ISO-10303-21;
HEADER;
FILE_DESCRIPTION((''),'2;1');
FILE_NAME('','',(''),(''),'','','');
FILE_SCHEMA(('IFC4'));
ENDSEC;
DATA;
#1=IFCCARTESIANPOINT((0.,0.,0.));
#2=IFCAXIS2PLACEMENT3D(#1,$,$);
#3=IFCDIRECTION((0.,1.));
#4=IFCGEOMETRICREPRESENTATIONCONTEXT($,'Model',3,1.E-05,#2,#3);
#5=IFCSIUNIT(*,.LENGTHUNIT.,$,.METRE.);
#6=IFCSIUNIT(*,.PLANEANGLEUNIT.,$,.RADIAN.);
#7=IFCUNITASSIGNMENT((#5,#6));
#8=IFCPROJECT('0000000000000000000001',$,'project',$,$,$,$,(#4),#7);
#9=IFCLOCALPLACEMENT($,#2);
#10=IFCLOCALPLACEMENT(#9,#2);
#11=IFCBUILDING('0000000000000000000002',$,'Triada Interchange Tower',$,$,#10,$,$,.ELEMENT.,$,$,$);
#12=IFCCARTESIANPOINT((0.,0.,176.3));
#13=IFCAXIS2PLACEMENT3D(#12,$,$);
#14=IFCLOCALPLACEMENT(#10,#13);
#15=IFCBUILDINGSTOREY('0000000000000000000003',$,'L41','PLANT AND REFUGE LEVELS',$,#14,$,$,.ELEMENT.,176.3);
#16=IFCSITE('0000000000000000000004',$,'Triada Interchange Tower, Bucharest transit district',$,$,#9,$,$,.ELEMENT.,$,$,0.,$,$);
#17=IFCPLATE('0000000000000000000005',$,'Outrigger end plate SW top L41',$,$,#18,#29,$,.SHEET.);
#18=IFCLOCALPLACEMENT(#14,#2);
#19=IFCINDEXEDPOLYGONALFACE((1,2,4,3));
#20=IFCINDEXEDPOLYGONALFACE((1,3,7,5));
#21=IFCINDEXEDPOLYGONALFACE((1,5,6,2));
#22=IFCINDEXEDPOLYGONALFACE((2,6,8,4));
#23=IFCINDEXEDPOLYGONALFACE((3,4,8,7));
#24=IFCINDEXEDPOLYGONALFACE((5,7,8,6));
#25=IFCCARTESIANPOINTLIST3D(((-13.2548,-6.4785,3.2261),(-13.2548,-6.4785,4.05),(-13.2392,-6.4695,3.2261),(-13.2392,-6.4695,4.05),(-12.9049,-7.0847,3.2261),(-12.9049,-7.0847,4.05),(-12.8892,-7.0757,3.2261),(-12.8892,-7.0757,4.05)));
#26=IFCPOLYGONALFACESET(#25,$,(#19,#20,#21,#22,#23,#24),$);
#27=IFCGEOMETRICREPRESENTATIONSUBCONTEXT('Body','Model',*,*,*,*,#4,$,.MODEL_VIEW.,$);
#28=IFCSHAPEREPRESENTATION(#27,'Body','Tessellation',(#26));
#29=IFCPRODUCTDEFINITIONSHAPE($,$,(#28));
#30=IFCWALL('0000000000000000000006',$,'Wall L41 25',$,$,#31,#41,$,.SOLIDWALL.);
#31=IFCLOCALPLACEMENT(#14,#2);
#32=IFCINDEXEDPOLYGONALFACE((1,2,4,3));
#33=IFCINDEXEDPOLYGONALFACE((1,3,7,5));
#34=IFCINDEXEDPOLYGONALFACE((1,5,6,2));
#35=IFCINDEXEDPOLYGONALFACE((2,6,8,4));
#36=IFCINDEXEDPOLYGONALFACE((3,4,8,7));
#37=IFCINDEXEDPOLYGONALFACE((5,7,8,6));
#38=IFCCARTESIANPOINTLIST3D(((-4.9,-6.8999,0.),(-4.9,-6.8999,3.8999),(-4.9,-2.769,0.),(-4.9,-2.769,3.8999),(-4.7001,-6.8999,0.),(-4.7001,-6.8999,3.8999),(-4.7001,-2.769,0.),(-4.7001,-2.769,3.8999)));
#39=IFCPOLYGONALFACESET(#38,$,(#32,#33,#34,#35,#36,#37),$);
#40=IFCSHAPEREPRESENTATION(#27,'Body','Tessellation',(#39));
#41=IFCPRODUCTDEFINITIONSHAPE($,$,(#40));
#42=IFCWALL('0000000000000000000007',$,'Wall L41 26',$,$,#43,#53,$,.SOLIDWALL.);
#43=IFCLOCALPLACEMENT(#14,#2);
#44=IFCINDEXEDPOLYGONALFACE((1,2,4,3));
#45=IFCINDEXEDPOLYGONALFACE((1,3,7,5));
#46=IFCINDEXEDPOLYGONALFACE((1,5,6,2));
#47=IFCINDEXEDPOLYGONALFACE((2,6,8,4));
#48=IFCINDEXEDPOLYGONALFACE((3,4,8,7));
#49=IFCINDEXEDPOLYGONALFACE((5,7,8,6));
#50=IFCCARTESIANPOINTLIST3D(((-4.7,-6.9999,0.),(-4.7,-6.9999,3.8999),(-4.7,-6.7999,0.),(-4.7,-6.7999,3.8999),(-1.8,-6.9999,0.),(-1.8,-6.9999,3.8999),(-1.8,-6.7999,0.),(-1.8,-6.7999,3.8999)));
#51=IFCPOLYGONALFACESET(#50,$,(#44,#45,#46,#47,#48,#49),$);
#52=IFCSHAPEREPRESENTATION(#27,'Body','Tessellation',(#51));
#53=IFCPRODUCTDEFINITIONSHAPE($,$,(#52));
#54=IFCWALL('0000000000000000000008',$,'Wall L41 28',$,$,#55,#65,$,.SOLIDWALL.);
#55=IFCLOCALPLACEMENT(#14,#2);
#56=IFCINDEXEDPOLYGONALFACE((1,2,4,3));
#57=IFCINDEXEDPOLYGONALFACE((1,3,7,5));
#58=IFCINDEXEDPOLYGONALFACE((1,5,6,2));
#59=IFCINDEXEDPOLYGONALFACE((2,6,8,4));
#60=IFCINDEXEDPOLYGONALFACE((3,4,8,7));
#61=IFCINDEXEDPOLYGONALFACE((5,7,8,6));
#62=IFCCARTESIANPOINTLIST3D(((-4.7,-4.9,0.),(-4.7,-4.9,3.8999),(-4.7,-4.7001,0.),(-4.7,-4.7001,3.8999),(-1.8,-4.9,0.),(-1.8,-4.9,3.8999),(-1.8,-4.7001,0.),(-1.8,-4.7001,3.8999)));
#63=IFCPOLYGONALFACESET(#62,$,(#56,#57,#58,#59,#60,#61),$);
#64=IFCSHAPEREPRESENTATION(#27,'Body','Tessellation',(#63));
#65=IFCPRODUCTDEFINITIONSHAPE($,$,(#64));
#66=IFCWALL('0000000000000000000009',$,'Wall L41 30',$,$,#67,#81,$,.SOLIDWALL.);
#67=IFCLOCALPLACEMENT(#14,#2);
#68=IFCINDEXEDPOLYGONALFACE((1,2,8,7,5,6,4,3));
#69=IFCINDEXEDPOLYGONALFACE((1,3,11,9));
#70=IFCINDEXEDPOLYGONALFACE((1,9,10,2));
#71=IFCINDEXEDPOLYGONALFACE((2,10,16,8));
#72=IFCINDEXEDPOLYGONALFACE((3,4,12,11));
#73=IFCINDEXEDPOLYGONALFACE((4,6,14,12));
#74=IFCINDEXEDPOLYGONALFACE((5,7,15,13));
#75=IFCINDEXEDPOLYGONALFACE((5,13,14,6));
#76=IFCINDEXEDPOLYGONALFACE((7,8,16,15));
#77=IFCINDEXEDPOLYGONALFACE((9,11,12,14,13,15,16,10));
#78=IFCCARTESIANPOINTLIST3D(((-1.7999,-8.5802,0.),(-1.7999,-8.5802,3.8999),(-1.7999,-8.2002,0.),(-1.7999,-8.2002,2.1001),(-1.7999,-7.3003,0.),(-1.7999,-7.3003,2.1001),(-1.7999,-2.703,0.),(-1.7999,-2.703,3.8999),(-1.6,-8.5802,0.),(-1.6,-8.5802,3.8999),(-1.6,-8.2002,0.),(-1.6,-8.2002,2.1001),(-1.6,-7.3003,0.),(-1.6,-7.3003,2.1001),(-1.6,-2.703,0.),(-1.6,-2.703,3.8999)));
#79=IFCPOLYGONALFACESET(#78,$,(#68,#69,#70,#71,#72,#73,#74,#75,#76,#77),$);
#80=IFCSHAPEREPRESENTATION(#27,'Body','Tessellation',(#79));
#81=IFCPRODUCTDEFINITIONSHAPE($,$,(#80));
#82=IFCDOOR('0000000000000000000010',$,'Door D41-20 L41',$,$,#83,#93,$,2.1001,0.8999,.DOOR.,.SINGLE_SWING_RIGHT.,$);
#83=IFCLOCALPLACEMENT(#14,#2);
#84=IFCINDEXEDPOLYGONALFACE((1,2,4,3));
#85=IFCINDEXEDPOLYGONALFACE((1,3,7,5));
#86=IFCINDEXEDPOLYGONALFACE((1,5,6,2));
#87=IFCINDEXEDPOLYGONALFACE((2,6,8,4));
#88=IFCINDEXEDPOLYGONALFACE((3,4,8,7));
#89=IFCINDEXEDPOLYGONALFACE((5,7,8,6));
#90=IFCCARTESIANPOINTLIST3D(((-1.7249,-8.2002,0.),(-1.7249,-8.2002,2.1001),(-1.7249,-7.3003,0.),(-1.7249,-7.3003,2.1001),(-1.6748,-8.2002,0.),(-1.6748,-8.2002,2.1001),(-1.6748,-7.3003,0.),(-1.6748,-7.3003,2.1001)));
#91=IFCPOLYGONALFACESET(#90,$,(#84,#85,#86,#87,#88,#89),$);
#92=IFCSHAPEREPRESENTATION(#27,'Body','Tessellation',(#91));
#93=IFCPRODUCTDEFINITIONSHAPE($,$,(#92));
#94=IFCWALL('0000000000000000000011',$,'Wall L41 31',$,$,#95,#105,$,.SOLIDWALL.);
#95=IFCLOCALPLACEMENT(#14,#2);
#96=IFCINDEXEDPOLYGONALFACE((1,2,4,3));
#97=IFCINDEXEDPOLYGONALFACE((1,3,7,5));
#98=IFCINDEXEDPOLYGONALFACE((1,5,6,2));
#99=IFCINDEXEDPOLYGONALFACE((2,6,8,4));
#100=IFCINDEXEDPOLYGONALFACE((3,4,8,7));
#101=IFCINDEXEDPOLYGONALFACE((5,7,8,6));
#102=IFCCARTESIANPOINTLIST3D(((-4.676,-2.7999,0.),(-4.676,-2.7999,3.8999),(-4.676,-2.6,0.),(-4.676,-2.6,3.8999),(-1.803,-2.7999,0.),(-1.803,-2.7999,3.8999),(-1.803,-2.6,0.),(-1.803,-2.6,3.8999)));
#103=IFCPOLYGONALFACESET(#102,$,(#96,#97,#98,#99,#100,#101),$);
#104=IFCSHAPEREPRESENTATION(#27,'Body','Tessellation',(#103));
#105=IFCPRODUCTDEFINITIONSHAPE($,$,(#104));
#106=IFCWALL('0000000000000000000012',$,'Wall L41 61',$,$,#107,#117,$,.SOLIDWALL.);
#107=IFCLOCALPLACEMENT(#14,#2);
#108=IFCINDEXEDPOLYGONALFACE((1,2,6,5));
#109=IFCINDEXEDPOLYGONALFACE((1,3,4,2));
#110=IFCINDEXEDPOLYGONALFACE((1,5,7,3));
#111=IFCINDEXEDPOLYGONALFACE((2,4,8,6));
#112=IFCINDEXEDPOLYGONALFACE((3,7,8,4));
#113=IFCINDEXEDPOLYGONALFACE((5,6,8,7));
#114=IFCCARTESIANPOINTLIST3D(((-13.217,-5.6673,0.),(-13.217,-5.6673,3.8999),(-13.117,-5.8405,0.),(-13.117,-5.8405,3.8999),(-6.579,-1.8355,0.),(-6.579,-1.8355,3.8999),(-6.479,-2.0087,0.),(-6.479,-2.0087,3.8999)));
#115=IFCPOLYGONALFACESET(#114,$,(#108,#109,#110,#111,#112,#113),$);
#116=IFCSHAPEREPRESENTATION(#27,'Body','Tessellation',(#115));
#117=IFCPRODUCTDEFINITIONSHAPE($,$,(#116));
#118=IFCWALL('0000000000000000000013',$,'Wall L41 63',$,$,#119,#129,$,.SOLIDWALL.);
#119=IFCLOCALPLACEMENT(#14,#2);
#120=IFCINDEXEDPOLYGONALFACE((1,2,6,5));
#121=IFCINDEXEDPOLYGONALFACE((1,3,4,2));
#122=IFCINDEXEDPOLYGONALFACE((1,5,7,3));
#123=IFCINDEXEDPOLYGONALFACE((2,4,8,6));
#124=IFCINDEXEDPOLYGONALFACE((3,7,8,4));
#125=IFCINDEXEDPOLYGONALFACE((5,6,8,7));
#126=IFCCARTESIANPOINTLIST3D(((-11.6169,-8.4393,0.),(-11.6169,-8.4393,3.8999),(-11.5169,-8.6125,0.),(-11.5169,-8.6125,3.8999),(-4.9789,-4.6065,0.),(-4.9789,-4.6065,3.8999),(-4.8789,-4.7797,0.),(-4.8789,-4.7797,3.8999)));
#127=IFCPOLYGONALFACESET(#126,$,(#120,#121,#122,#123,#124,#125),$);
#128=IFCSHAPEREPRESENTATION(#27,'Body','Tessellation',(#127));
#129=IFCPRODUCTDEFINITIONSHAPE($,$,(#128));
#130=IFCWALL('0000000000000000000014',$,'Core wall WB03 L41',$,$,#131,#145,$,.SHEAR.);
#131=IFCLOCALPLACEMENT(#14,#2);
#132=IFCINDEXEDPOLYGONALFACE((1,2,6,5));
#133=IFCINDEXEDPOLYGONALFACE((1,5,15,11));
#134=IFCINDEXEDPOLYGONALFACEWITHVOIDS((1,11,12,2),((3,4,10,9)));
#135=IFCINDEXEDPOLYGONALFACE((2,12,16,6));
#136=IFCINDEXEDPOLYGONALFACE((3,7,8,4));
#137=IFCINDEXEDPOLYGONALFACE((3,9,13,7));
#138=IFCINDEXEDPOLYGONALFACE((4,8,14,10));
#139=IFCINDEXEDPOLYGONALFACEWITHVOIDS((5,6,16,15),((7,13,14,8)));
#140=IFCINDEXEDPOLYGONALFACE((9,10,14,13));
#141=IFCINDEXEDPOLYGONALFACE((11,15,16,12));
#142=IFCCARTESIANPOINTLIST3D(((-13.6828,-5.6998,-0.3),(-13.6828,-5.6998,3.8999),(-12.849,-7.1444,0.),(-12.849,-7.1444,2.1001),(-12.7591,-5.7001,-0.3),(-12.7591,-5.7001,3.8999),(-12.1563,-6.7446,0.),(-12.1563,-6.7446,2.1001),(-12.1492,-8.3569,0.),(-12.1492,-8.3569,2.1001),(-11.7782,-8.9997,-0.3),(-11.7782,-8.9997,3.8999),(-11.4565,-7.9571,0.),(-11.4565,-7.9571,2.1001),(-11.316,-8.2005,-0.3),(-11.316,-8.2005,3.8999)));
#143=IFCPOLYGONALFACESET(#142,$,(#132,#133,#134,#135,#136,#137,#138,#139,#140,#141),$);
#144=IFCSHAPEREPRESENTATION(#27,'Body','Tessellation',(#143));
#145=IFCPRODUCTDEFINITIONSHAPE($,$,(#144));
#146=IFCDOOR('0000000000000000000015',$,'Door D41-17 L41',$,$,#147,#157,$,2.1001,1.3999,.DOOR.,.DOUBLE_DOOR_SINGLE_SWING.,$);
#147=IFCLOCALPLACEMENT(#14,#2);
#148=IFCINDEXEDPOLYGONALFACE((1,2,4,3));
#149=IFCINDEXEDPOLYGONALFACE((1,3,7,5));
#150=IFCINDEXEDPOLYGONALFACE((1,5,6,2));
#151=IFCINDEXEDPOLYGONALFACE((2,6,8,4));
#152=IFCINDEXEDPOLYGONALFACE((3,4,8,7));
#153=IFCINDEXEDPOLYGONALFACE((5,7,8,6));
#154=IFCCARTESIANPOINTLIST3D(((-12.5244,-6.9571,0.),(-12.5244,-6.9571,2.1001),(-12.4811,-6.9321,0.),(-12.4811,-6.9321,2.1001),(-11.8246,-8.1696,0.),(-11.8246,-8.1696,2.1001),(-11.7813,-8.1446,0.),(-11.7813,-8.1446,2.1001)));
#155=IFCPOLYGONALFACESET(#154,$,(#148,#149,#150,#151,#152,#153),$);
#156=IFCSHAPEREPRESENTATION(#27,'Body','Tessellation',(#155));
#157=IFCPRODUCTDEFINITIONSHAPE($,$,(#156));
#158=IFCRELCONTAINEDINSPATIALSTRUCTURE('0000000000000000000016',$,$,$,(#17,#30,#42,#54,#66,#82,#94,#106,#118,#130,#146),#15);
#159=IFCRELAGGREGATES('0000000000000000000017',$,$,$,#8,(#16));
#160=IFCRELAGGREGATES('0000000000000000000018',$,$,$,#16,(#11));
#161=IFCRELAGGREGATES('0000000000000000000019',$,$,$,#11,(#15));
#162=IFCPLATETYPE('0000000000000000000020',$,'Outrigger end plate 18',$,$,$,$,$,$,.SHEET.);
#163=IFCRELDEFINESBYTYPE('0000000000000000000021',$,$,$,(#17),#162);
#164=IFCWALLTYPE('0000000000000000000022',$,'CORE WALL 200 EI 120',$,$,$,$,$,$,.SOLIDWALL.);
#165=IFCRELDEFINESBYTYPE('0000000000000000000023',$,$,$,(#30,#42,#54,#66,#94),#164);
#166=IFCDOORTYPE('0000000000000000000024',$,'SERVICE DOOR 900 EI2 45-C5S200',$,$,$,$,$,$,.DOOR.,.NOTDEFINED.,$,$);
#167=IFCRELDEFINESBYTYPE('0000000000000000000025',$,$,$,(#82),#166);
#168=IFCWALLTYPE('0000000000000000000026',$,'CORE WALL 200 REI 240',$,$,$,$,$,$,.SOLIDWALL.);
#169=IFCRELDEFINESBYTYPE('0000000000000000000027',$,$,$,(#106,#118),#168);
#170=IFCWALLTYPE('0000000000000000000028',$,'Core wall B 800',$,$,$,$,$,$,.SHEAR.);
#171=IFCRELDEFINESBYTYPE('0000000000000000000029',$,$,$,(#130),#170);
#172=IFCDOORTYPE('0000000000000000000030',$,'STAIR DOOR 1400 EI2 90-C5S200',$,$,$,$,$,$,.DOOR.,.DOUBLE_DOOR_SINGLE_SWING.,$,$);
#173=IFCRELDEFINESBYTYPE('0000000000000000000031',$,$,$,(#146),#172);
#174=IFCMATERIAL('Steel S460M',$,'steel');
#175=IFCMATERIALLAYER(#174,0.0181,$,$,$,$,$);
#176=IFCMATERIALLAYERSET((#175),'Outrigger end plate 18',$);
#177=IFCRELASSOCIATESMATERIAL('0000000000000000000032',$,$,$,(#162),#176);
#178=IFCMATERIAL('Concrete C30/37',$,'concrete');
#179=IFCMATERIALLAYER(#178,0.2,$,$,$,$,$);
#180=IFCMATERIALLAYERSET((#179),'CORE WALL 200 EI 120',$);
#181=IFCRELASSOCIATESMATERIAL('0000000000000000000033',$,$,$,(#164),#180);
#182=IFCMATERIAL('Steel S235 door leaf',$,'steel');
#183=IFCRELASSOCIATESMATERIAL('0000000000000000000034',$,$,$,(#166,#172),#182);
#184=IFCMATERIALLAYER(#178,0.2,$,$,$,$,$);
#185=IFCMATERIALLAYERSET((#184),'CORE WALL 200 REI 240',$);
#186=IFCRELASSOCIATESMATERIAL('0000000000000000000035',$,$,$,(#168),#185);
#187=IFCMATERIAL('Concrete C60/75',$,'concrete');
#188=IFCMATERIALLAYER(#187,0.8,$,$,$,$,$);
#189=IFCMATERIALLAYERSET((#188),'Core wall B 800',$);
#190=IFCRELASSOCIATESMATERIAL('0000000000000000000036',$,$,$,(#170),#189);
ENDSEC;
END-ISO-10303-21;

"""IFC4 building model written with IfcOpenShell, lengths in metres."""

from ifc_helpers import new_model, si_unit, direction, frame, frame_2d, origin, origin_2d, place, context, subcontext, project, spatial, polyline, rectangle, outline, extrude, material, layer, layer_set, type_object, element, fill, save


model = new_model("IFC4")

# Units and contexts
model_context = context("Model", 3, precision=1e-05, world=origin(), true_north=direction((0.0, 1.0)))
body_context = subcontext(model_context, "Body", "Model", "MODEL_VIEW")
ifc_project = project(units=[si_unit("LENGTHUNIT", "METRE"), si_unit("PLANEANGLEUNIT", "RADIAN")], contexts=[model_context])

# Site, building, storey
site_placement = place(None, origin())
site = spatial("IfcSite", under=ifc_project, at=site_placement, Name="Triada Interchange Tower, Bucharest transit district", CompositionType="ELEMENT", RefElevation=0.0)
building_placement = place(site_placement, origin())
building = spatial("IfcBuilding", under=site, at=building_placement, Name="Triada Interchange Tower", CompositionType="ELEMENT")
storey_placement = place(building_placement, frame((0.0, 0.0, 176.3)))
storey = spatial("IfcBuildingStorey", under=building, at=storey_placement, Name="L41", Description="PLANT AND REFUGE LEVELS", CompositionType="ELEMENT", Elevation=176.3)

# Shared definitions
ifc_material_1 = material(Name="Steel S460M", Category="steel")

# Plate
ifc_layer_1 = layer(ifc_material_1, 0.0181)
ifc_layer_set_1 = layer_set([ifc_layer_1], Name="Outrigger end plate 18")
plate_type = type_object("IfcPlateType", Name="Outrigger end plate 18", PredefinedType="SHEET", material=ifc_layer_set_1)
for number, where, z_axis, x_axis, name in (
    (1, (-13.072, -6.7771, 3.2261), (0.0, 0.0, 1.0), (-0.866025, -0.5, 0.0), "Outrigger end plate SW top L41"),
):
    element("IfcPlate", number, at=place(storey_placement, frame(where, z_axis=z_axis, x_axis=x_axis)), inside=storey, type_object=plate_type, Name=name, PredefinedType="SHEET", context=body_context, shape_type="SweptSolid", body=[
        extrude(rectangle(XDim=0.0181, YDim=0.7, at=origin_2d()), origin(), (0.0, 0.0, 1.0), 0.824),
    ])

# Walls
ifc_material_2 = material(Name="Concrete C30/37", Category="concrete")
ifc_layer_2 = layer(ifc_material_2, 0.2)
ifc_layer_set_2 = layer_set([ifc_layer_2], Name="CORE WALL 200 EI 120")
wall_type_1 = type_object("IfcWallType", Name="CORE WALL 200 EI 120", PredefinedType="SOLIDWALL", material=ifc_layer_set_2)
wall_1_placement = place(storey_placement, frame((-4.8, -6.8999, 0.0), z_axis=(0.0, 0.0, 1.0), x_axis=(0.0, 1.0, 0.0)))
element("IfcWall", 2, at=wall_1_placement, inside=storey, type_object=wall_type_1, Name="Wall L41 25", PredefinedType="SOLIDWALL", context=body_context, shape_type="SweptSolid", body=[
    extrude(rectangle(XDim=4.1309, YDim=0.2, at=frame_2d((2.0654, 0.0))), origin(), (0.0, 0.0, 1.0), 3.8999),
])
for number, where, z_axis, x_axis, name in (
    (3, (-4.7, -6.8999, 0.0), (0.0, 0.0, 1.0), (1.0, 0.0, 0.0), "Wall L41 26"),
    (4, (-4.7, -4.8, 0.0), (0.0, 0.0, 1.0), (1.0, 0.0, 0.0), "Wall L41 28"),
):
    element("IfcWall", number, at=place(storey_placement, frame(where, z_axis=z_axis, x_axis=x_axis)), inside=storey, type_object=wall_type_1, Name=name, PredefinedType="SOLIDWALL", context=body_context, shape_type="SweptSolid", body=[
        extrude(rectangle(XDim=2.8999, YDim=0.2, at=frame_2d((1.45, 0.0))), origin(), (0.0, 0.0, 1.0), 3.8999),
    ])

# Wall, opening, door
wall_2_placement = place(storey_placement, frame((-1.7, -8.5801, 0.0), z_axis=(0.0, 0.0, 1.0), x_axis=(0.0, 1.0, 0.0)))
wall_2 = element("IfcWall", 5, at=wall_2_placement, inside=storey, type_object=wall_type_1, Name="Wall L41 30", PredefinedType="SOLIDWALL", context=body_context, shape_type="SweptSolid", body=[
    extrude(rectangle(XDim=5.8772, YDim=0.2, at=frame_2d((2.9385, 0.0))), origin(), (0.0, 0.0, 1.0), 3.8999),
])
opening_1_placement = place(wall_2_placement, frame((0.3799, 0.0, 0.0)))
opening_1 = element("IfcOpeningElement", 6, at=opening_1_placement, cuts=wall_2, PredefinedType="OPENING", context=body_context, shape_type="SweptSolid", body=[
    extrude(rectangle(XDim=0.8999, YDim=2.1001, at=frame_2d((0.45, 1.05))), frame((0.0, 0.1099, 0.0), z_axis=(0.0, -1.0, 0.0), x_axis=(1.0, 0.0, 0.0)), (0.0, 0.0, 1.0), 0.22),
])
ifc_material_3 = material(Name="Steel S235 door leaf", Category="steel")
door_type_1 = type_object("IfcDoorType", Name="SERVICE DOOR 900 EI2 45-C5S200", OperationType="NOTDEFINED", PredefinedType="DOOR", material=ifc_material_3)
door_1_placement = place(opening_1_placement, origin())
door_1 = element("IfcDoor", 7, at=door_1_placement, inside=storey, type_object=door_type_1, Name="Door D41-20 L41", OperationType="SINGLE_SWING_RIGHT", OverallHeight=2.1001, OverallWidth=0.8999, PredefinedType="DOOR", context=body_context, shape_type="SweptSolid", body=[
    extrude(rectangle(XDim=0.8999, YDim=2.1001, at=frame_2d((0.45, 1.05))), frame((0.0, 0.0249, 0.0), z_axis=(0.0, -1.0, 0.0), x_axis=(1.0, 0.0, 0.0)), (0.0, 0.0, 1.0), 0.05),
])
fill(opening_1, door_1)

# Walls
wall_3_placement = place(storey_placement, frame((-4.676, -2.7, 0.0), z_axis=(0.0, 0.0, 1.0), x_axis=(1.0, 0.0, 0.0)))
element("IfcWall", 8, at=wall_3_placement, inside=storey, type_object=wall_type_1, Name="Wall L41 31", PredefinedType="SOLIDWALL", context=body_context, shape_type="SweptSolid", body=[
    extrude(rectangle(XDim=2.873, YDim=0.2, at=frame_2d((1.4365, 0.0))), origin(), (0.0, 0.0, 1.0), 3.8999),
])
ifc_layer_3 = layer(ifc_material_2, 0.2)
ifc_layer_set_3 = layer_set([ifc_layer_3], Name="CORE WALL 200 REI 240")
wall_type_2 = type_object("IfcWallType", Name="CORE WALL 200 REI 240", PredefinedType="SOLIDWALL", material=ifc_layer_set_3)
wall_4_placement = place(storey_placement, frame((-13.167, -5.7539, 0.0), z_axis=(0.0, 0.0, 1.0), x_axis=(0.866061, 0.499938, 0.0)))
element("IfcWall", 9, at=wall_4_placement, inside=storey, type_object=wall_type_2, Name="Wall L41 61", PredefinedType="SOLIDWALL", context=body_context, shape_type="SweptSolid", body=[
    extrude(rectangle(XDim=7.6646, YDim=0.2, at=frame_2d((3.8323, 0.0))), origin(), (0.0, 0.0, 1.0), 3.8999),
])
wall_5_placement = place(storey_placement, frame((-11.5669, -8.5259, 0.0), z_axis=(0.0, 0.0, 1.0), x_axis=(0.866006, 0.500034, 0.0)))
element("IfcWall", 10, at=wall_5_placement, inside=storey, type_object=wall_type_2, Name="Wall L41 63", PredefinedType="SOLIDWALL", context=body_context, shape_type="SweptSolid", body=[
    extrude(rectangle(XDim=7.665, YDim=0.2, at=frame_2d((3.8325, 0.0))), origin(), (0.0, 0.0, 1.0), 3.8999),
])

# Wall, opening, door
ifc_material_4 = material(Name="Concrete C60/75", Category="concrete")
ifc_layer_4 = layer(ifc_material_4, 0.8)
ifc_layer_set_4 = layer_set([ifc_layer_4], Name="Core wall B 800")
wall_type_3 = type_object("IfcWallType", Name="Core wall B 800", PredefinedType="SHEAR", material=ifc_layer_set_4)
wall_6_placement = place(storey_placement, frame((-13.2209, -5.7, -0.3), z_axis=(0.0, 0.0, 1.0), x_axis=(0.499872, -0.866099, 0.0)))
wall_6 = element("IfcWall", 11, at=wall_6_placement, inside=storey, type_object=wall_type_3, Name="Core wall WB03 L41", PredefinedType="SHEAR", context=body_context, shape_type="SweptSolid", body=[
    extrude(outline(polyline([(-0.231, -0.3999), (1.6741, -0.3999), (3.5791, -0.3999), (3.1179, 0.3999), (1.6743, 0.3999), (0.231, 0.3999), (-0.231, -0.3999)])), origin(), (0.0, 0.0, 1.0), 4.2),
])
opening_2_placement = place(wall_6_placement, frame((1.437, 0.0, 0.3)))
opening_2 = element("IfcOpeningElement", 12, at=opening_2_placement, cuts=wall_6, PredefinedType="OPENING", context=body_context, shape_type="SweptSolid", body=[
    extrude(rectangle(XDim=1.3999, YDim=2.1001, at=frame_2d((0.7, 1.05))), frame((0.0, 0.4099, 0.0), z_axis=(0.0, -1.0, 0.0), x_axis=(1.0, 0.0, 0.0)), (0.0, 0.0, 1.0), 0.8201),
])
door_type_2 = type_object("IfcDoorType", Name="STAIR DOOR 1400 EI2 90-C5S200", OperationType="DOUBLE_DOOR_SINGLE_SWING", PredefinedType="DOOR", material=ifc_material_3)
door_2_placement = place(opening_2_placement, origin())
door_2 = element("IfcDoor", 13, at=door_2_placement, inside=storey, type_object=door_type_2, Name="Door D41-17 L41", OperationType="DOUBLE_DOOR_SINGLE_SWING", OverallHeight=2.1001, OverallWidth=1.3999, PredefinedType="DOOR", context=body_context, shape_type="SweptSolid", body=[
    extrude(rectangle(XDim=1.3999, YDim=2.1001, at=frame_2d((0.7, 1.05))), frame((0.0, 0.0249, 0.0), z_axis=(0.0, -1.0, 0.0), x_axis=(1.0, 0.0, 0.0)), (0.0, 0.0, 1.0), 0.05),
])
fill(opening_2, door_2)

save(model, "model.ifc")
